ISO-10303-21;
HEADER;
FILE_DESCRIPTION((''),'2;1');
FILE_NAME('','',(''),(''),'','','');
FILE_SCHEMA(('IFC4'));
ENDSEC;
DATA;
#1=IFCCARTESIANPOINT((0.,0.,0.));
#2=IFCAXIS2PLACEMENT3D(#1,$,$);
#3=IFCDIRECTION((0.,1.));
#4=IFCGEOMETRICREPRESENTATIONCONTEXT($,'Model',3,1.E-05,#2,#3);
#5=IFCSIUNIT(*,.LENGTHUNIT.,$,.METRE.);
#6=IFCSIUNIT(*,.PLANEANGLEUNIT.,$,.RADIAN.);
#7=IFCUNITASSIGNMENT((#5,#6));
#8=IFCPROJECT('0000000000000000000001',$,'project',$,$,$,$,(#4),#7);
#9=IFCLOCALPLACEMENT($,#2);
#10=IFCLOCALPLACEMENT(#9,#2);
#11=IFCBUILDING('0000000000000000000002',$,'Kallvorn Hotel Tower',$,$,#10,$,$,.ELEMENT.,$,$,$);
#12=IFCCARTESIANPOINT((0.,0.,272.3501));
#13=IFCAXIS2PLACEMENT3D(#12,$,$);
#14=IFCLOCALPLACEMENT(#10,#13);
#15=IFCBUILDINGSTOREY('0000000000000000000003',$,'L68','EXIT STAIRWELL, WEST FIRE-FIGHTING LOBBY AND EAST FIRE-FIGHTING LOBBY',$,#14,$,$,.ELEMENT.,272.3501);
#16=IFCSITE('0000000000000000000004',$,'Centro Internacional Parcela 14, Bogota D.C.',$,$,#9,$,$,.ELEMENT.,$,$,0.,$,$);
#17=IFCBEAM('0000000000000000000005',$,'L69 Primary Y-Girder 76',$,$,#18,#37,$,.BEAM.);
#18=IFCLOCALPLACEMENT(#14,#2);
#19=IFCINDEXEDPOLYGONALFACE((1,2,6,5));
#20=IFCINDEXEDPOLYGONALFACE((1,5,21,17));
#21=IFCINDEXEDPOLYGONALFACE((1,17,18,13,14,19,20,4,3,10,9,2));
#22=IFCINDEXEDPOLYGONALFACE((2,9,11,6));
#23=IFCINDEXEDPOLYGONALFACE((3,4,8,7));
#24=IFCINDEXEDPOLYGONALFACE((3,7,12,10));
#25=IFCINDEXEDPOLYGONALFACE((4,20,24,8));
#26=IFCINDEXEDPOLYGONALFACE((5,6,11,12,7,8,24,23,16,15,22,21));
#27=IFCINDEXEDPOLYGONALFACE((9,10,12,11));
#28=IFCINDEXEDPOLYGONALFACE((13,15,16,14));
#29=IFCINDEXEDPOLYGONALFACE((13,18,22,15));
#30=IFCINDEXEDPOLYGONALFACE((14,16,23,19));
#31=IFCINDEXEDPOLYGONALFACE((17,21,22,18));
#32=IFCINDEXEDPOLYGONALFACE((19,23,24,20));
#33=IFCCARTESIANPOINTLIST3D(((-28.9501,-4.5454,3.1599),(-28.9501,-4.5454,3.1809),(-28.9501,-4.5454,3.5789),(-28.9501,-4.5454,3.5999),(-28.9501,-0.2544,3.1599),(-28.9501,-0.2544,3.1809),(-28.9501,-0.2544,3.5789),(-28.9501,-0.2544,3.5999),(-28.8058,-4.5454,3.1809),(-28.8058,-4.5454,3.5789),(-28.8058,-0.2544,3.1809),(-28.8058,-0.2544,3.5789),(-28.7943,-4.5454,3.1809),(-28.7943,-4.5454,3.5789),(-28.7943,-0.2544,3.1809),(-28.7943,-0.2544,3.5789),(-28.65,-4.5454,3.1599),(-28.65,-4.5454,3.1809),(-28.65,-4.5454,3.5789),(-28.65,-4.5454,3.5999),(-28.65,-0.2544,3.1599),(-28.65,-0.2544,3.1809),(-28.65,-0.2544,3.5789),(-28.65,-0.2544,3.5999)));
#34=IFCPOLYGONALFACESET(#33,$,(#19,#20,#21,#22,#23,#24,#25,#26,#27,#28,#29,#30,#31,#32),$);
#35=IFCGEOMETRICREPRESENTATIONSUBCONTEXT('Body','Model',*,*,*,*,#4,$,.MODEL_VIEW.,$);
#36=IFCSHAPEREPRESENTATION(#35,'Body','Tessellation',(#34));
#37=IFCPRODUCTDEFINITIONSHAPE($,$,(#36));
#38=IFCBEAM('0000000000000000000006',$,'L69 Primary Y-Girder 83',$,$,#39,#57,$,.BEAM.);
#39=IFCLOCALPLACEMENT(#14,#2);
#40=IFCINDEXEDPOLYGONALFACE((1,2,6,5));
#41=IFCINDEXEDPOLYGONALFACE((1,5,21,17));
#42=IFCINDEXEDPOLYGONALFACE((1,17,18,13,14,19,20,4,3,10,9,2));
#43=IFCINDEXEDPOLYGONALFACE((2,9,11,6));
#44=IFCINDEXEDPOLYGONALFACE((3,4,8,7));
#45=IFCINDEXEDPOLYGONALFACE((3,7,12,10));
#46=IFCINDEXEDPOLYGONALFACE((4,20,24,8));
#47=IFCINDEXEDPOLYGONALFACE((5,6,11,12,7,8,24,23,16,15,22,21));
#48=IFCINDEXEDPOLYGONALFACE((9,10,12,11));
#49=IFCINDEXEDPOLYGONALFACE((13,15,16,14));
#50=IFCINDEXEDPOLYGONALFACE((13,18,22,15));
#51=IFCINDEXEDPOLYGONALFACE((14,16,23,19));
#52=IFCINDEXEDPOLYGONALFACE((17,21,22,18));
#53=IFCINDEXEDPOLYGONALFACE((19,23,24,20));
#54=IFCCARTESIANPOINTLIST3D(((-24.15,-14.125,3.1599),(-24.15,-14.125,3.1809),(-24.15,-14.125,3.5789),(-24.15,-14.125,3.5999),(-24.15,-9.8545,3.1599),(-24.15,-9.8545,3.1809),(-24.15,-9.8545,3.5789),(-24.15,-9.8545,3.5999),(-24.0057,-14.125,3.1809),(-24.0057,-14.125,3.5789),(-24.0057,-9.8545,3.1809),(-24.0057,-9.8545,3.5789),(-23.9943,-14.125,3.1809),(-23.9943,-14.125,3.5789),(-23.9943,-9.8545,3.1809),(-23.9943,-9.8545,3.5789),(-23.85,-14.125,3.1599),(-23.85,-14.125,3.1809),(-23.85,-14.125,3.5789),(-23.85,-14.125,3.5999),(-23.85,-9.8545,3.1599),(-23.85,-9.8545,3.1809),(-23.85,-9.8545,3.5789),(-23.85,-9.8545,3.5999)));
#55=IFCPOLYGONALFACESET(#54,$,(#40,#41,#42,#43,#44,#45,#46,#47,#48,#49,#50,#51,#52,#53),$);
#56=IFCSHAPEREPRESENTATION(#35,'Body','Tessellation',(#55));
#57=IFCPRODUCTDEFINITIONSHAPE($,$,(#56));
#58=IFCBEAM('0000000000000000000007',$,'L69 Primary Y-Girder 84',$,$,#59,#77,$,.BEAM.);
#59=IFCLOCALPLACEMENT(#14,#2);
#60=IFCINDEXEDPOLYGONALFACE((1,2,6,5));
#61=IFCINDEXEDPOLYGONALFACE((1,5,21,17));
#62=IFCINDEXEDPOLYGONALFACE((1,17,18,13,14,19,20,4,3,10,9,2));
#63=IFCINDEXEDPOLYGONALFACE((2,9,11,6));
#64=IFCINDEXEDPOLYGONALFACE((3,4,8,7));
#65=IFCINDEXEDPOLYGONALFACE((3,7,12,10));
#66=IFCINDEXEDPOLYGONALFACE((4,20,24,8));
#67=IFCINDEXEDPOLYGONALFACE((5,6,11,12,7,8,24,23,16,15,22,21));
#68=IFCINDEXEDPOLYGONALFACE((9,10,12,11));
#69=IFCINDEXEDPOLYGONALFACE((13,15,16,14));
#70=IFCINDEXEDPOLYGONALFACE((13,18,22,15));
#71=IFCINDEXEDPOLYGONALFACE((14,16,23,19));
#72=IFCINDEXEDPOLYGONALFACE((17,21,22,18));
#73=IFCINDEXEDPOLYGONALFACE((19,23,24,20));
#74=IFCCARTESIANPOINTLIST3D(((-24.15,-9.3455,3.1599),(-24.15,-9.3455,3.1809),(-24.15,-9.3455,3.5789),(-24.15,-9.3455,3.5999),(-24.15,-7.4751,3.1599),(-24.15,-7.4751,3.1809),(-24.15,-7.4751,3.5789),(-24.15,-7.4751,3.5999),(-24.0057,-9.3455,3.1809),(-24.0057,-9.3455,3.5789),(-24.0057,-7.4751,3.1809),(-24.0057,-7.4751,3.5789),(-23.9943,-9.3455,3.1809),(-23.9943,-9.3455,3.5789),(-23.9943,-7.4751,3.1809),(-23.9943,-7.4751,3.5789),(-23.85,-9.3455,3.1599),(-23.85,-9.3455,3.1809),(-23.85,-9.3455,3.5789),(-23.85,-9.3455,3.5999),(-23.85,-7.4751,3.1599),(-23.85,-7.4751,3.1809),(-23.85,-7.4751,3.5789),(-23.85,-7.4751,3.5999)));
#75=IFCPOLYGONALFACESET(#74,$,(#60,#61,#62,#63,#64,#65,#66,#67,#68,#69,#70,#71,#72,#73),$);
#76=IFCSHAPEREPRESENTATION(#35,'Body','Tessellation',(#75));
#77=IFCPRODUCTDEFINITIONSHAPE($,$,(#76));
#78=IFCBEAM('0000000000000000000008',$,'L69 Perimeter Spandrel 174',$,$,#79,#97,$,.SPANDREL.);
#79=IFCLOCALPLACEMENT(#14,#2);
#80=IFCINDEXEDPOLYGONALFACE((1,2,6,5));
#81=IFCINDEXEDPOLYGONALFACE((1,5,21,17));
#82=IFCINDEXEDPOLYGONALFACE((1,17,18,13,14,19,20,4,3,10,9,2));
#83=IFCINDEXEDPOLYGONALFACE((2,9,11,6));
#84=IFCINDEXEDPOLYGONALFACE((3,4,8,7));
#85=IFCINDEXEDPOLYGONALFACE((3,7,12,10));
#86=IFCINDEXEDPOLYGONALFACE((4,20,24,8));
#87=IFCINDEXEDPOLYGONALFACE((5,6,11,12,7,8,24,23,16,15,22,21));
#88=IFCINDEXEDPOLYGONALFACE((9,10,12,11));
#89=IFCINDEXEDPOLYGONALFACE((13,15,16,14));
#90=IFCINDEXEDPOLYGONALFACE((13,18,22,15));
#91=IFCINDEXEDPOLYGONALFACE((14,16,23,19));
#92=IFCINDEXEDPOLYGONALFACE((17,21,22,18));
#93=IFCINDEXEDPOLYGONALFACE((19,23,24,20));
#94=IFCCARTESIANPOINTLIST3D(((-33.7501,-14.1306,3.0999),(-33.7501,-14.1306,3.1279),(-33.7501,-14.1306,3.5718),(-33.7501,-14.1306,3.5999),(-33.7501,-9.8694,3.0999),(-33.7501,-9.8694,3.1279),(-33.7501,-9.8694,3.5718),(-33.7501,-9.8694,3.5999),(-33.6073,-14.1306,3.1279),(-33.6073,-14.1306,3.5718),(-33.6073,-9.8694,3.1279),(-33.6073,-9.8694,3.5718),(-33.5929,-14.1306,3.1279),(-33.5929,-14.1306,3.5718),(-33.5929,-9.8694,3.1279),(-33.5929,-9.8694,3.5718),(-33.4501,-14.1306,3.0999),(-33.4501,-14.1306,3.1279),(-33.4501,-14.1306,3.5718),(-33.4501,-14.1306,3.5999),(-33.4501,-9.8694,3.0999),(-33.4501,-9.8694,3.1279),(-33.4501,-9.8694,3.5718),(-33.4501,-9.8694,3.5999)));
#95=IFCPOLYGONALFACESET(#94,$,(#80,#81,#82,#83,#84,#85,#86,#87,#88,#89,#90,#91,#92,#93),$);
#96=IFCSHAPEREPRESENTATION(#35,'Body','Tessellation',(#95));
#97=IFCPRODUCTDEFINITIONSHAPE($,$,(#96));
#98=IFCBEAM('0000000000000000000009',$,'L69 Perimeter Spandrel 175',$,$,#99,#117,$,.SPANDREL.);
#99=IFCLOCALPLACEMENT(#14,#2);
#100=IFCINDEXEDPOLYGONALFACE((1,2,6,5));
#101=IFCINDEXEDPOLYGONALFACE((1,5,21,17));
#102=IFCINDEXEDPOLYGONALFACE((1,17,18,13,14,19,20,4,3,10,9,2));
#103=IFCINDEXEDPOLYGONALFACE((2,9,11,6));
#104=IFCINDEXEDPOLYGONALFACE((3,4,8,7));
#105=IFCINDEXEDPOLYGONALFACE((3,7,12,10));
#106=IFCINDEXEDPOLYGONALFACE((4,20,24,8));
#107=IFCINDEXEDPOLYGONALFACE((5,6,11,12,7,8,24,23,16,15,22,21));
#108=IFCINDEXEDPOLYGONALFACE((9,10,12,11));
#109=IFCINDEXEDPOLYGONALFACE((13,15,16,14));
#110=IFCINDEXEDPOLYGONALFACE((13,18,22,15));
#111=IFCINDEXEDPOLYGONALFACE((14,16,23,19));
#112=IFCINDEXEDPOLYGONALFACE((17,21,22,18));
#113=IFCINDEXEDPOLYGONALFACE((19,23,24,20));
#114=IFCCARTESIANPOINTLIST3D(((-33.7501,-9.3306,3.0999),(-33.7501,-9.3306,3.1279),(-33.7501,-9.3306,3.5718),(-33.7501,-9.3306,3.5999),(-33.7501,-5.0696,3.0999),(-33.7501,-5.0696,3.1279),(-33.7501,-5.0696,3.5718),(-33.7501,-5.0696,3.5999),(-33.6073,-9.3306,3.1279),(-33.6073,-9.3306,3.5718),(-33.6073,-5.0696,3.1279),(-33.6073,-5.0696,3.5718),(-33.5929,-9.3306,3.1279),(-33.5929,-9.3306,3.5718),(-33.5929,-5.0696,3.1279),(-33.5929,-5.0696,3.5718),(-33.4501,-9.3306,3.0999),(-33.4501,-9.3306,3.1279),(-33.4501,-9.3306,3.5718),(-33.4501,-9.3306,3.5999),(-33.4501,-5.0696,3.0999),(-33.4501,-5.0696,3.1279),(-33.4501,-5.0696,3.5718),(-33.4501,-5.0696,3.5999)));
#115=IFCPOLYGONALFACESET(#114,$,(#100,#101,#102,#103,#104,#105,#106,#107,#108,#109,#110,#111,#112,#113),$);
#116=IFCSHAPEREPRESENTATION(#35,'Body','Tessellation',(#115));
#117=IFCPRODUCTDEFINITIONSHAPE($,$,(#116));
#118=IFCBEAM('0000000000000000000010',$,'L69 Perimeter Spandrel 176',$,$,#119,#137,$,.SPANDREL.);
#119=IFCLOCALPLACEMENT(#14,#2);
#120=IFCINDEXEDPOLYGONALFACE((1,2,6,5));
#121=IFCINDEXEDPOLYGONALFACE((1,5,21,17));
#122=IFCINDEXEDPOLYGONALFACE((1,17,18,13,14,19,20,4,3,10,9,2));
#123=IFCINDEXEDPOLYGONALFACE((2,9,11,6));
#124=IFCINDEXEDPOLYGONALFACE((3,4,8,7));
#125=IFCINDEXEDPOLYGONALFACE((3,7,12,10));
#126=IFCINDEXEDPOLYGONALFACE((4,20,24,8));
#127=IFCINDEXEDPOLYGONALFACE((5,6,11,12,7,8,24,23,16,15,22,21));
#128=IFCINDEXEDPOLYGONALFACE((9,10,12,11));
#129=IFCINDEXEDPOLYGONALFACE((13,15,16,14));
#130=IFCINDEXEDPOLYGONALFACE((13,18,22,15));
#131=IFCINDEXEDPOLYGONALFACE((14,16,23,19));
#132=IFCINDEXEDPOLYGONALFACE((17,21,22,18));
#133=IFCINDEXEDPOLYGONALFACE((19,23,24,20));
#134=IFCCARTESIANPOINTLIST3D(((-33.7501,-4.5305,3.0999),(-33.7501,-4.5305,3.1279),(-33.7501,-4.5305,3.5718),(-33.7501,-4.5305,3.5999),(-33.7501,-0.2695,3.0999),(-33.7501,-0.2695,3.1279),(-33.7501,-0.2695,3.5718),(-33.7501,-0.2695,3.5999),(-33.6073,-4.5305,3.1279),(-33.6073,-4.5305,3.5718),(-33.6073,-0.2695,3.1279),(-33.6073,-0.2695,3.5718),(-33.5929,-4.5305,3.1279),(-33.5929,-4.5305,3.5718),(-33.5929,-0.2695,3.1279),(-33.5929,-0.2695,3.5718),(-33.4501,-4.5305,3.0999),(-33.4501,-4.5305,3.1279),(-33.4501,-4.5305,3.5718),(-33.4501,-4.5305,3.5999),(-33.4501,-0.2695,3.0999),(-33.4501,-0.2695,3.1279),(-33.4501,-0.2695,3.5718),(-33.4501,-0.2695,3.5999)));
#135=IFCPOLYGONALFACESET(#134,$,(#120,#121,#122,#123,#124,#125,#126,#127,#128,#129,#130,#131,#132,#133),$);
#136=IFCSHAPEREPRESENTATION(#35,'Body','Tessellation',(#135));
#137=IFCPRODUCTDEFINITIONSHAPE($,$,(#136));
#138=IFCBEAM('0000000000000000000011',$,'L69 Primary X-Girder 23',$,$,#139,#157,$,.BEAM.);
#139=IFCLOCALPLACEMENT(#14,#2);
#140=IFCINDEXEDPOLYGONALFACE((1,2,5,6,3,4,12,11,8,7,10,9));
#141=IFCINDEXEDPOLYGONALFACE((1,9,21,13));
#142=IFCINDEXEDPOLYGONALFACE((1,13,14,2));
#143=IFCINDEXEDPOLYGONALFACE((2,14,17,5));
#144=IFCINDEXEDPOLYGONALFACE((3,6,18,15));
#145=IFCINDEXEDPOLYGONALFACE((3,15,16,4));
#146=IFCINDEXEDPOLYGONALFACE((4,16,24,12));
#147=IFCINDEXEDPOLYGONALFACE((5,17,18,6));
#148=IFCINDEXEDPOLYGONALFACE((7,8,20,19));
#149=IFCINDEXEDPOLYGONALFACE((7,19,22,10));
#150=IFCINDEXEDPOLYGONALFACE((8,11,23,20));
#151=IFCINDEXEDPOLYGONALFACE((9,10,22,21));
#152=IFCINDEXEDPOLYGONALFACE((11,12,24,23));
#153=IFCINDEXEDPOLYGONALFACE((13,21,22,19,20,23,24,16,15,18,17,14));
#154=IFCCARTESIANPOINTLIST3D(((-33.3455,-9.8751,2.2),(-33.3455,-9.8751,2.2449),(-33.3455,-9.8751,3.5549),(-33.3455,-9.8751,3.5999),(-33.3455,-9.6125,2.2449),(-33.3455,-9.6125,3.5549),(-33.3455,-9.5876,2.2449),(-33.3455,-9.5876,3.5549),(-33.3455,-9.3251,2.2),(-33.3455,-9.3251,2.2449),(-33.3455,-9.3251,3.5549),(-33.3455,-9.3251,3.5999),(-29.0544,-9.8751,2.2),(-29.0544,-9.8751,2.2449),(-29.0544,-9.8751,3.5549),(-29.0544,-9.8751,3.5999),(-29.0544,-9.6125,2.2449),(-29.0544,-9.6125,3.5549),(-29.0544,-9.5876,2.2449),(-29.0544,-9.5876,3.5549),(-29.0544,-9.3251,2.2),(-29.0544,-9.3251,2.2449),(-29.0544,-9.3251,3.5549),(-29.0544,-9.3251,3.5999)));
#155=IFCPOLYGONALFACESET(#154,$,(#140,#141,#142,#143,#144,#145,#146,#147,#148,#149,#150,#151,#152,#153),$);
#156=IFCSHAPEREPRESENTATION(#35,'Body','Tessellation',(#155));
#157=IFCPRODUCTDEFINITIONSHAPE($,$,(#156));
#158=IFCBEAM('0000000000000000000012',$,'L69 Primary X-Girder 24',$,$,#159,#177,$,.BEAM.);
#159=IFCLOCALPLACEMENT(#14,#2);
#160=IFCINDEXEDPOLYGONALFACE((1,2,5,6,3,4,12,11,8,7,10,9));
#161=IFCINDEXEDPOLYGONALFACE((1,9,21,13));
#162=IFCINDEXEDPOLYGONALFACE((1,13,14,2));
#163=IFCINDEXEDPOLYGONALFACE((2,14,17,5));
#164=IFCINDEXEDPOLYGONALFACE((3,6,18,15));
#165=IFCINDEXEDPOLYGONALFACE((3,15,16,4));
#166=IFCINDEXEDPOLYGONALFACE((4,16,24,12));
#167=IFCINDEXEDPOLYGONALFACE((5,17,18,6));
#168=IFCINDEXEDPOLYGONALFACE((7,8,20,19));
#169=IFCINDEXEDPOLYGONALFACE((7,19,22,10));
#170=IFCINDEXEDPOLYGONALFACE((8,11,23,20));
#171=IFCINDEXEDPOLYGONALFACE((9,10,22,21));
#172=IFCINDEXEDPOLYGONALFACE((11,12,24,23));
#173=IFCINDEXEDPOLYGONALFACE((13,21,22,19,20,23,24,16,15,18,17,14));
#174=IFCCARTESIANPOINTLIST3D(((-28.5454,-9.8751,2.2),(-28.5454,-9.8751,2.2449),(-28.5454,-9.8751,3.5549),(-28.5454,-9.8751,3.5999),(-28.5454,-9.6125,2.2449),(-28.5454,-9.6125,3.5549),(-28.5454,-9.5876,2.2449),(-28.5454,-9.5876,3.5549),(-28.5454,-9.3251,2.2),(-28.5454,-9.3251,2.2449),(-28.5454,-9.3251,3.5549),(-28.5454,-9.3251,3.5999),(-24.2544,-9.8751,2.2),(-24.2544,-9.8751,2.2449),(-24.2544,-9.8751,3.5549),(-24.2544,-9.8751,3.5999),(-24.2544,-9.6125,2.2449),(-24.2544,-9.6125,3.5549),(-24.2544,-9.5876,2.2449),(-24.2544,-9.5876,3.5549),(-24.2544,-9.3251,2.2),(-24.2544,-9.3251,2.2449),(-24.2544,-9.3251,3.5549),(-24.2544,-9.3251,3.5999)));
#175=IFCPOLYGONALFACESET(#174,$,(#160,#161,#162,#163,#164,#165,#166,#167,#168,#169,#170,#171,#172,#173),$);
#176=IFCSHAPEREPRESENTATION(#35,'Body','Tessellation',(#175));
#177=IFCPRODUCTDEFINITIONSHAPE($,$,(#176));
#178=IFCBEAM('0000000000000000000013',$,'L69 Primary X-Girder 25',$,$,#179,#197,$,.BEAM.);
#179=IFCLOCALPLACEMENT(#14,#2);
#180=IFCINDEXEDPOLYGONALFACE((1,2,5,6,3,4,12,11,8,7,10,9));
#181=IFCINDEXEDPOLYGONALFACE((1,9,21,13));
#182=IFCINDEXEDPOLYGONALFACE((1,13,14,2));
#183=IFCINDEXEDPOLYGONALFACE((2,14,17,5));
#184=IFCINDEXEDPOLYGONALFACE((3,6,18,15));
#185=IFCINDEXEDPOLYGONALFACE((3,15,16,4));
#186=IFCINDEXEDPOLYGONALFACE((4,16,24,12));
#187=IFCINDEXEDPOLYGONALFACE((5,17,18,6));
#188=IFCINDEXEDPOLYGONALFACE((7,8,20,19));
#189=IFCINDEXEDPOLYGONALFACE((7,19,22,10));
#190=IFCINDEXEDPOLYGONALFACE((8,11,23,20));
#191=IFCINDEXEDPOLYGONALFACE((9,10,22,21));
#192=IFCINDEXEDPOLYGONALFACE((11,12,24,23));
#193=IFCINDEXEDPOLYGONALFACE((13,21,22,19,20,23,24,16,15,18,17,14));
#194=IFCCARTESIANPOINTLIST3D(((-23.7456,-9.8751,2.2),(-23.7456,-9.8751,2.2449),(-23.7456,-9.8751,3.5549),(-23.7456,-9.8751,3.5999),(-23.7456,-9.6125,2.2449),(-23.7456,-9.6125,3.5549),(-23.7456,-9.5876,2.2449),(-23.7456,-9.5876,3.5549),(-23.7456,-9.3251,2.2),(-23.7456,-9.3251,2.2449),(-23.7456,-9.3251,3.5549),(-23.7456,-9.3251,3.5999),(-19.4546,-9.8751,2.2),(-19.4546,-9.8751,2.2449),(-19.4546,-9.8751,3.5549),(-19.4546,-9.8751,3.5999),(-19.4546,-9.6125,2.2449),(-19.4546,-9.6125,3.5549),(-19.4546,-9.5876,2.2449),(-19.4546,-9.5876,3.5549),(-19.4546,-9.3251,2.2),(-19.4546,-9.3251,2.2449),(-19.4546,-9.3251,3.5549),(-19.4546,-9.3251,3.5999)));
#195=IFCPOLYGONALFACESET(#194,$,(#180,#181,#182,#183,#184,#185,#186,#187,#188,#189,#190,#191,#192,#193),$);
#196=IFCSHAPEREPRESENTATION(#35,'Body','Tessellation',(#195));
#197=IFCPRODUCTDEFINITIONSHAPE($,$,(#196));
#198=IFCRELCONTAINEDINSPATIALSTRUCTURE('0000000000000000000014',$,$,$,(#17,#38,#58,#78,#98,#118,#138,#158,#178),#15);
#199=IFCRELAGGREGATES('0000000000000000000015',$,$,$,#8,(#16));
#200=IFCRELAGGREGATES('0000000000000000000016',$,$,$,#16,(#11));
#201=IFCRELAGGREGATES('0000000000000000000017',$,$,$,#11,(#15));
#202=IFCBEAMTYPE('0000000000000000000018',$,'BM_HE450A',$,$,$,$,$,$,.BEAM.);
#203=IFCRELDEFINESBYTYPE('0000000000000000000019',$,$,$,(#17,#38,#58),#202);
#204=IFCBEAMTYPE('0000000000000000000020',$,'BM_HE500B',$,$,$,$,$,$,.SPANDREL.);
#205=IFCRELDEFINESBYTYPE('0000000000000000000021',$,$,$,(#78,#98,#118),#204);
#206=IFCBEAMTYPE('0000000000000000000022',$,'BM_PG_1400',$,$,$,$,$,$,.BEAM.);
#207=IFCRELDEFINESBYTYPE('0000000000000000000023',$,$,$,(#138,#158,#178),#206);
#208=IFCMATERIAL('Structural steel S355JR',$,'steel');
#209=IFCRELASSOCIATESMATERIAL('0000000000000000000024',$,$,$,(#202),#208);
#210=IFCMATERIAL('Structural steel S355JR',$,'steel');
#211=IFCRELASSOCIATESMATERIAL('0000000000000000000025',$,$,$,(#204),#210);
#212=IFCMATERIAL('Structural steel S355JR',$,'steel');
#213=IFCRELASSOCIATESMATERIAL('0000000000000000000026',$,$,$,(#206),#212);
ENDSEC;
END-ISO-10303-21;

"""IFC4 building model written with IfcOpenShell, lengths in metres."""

from ifc_helpers import new_model, si_unit, direction, frame, origin, origin_2d, place, context, subcontext, project, spatial, i_section, extrude, material, material_profile, profile_set, type_object, element, save


model = new_model("IFC4")

# Units and contexts
model_context = context("Model", 3, precision=1e-05, world=origin(), true_north=direction((0.0, 1.0)))
body_context = subcontext(model_context, "Body", "Model", "MODEL_VIEW")
ifc_project = project(units=[si_unit("LENGTHUNIT", "METRE"), si_unit("PLANEANGLEUNIT", "RADIAN")], contexts=[model_context])

# Site, building, storey
site_placement = place(None, origin())
site = spatial("IfcSite", under=ifc_project, at=site_placement, Name="Centro Internacional Parcela 14, Bogota D.C.", CompositionType="ELEMENT", RefElevation=0.0)
building_placement = place(site_placement, origin())
building = spatial("IfcBuilding", under=site, at=building_placement, Name="Kallvorn Hotel Tower", CompositionType="ELEMENT")
storey_placement = place(building_placement, frame((0.0, 0.0, 272.3501)))
storey = spatial("IfcBuildingStorey", under=building, at=storey_placement, Name="L68", Description="EXIT STAIRWELL, WEST FIRE-FIGHTING LOBBY AND EAST FIRE-FIGHTING LOBBY", CompositionType="ELEMENT", Elevation=272.3501)

# Beams
ifc_material_1 = material(Name="Structural steel S355JR", Category="steel")
ifc_material_profile_1 = material_profile(ifc_material_1, i_section(OverallWidth=0.3, OverallDepth=0.4399, WebThickness=0.0115, FlangeThickness=0.021, at=origin_2d()), Name="HE 450 A")
ifc_profile_set_1 = profile_set([ifc_material_profile_1], Name="Structural steel S355JR")
beam_type_1 = type_object("IfcBeamType", Name="BM_HE450A", PredefinedType="BEAM", material=ifc_profile_set_1)
for number, where, z_axis, x_axis, name in (
    (1, (-28.8, -4.5454, 3.3799), (0.0, 1.0, 0.0), (-1.0, 0.0, 0.0), "L69 Primary Y-Girder 76"),
):
    element("IfcBeam", number, at=place(storey_placement, frame(where, z_axis=z_axis, x_axis=x_axis)), inside=storey, type_object=beam_type_1, Name=name, PredefinedType="BEAM", context=body_context, shape_type="SweptSolid", body=[
        extrude(i_section(OverallWidth=0.3, OverallDepth=0.4399, WebThickness=0.0115, FlangeThickness=0.021, at=origin_2d()), origin(), (0.0, 0.0, 1.0), 4.291),
    ])
beam_1_placement = place(storey_placement, frame((-24.0, -14.125, 3.3799), z_axis=(0.0, 1.0, 0.0), x_axis=(-1.0, 0.0, 0.0)))
element("IfcBeam", 2, at=beam_1_placement, inside=storey, type_object=beam_type_1, Name="L69 Primary Y-Girder 83", PredefinedType="BEAM", context=body_context, shape_type="SweptSolid", body=[
    extrude(i_section(OverallWidth=0.3, OverallDepth=0.4399, WebThickness=0.0115, FlangeThickness=0.021, at=origin_2d()), origin(), (0.0, 0.0, 1.0), 4.2705),
])
beam_2_placement = place(storey_placement, frame((-24.0, -9.3455, 3.3799), z_axis=(0.0, 1.0, 0.0), x_axis=(-1.0, 0.0, 0.0)))
element("IfcBeam", 3, at=beam_2_placement, inside=storey, type_object=beam_type_1, Name="L69 Primary Y-Girder 84", PredefinedType="BEAM", context=body_context, shape_type="SweptSolid", body=[
    extrude(i_section(OverallWidth=0.3, OverallDepth=0.4399, WebThickness=0.0115, FlangeThickness=0.021, at=origin_2d()), origin(), (0.0, 0.0, 1.0), 1.8704),
])
ifc_material_2 = material(Name="Structural steel S355JR", Category="steel")
ifc_material_profile_2 = material_profile(ifc_material_2, i_section(OverallWidth=0.3, OverallDepth=0.5, WebThickness=0.0144, FlangeThickness=0.0281, at=origin_2d()), Name="HE 500 B")
ifc_profile_set_2 = profile_set([ifc_material_profile_2], Name="Structural steel S355JR")
beam_type_2 = type_object("IfcBeamType", Name="BM_HE500B", PredefinedType="SPANDREL", material=ifc_profile_set_2)
beam_3_placement = place(storey_placement, frame((-33.6001, -14.1306, 3.3499), z_axis=(0.0, 1.0, 0.0), x_axis=(-1.0, 0.0, 0.0)))
element("IfcBeam", 4, at=beam_3_placement, inside=storey, type_object=beam_type_2, Name="L69 Perimeter Spandrel 174", PredefinedType="SPANDREL", context=body_context, shape_type="SweptSolid", body=[
    extrude(i_section(OverallWidth=0.3, OverallDepth=0.5, WebThickness=0.0144, FlangeThickness=0.0281, at=origin_2d()), origin(), (0.0, 0.0, 1.0), 4.2612),
])
for number, where, z_axis, x_axis, name in (
    (5, (-33.6001, -9.3306, 3.3499), (0.0, 1.0, 0.0), (-1.0, 0.0, 0.0), "L69 Perimeter Spandrel 175"),
    (6, (-33.6001, -4.5305, 3.3499), (0.0, 1.0, 0.0), (-1.0, 0.0, 0.0), "L69 Perimeter Spandrel 176"),
):
    element("IfcBeam", number, at=place(storey_placement, frame(where, z_axis=z_axis, x_axis=x_axis)), inside=storey, type_object=beam_type_2, Name=name, PredefinedType="SPANDREL", context=body_context, shape_type="SweptSolid", body=[
        extrude(i_section(OverallWidth=0.3, OverallDepth=0.5, WebThickness=0.0144, FlangeThickness=0.0281, at=origin_2d()), origin(), (0.0, 0.0, 1.0), 4.261),
    ])
ifc_material_3 = material(Name="Structural steel S355JR", Category="steel")
ifc_material_profile_3 = material_profile(ifc_material_3, i_section(OverallWidth=0.55, OverallDepth=1.3999, WebThickness=0.0249, FlangeThickness=0.0449, at=origin_2d()), Name="PG 1400x550x25x45")
ifc_profile_set_3 = profile_set([ifc_material_profile_3], Name="Structural steel S355JR")
beam_type_3 = type_object("IfcBeamType", Name="BM_PG_1400", PredefinedType="BEAM", material=ifc_profile_set_3)
for number, where, z_axis, x_axis, name in (
    (7, (-33.3455, -9.6001, 2.8999), (1.0, 0.0, 0.0), (0.0, 1.0, 0.0), "L69 Primary X-Girder 23"),
    (8, (-28.5454, -9.6001, 2.8999), (1.0, 0.0, 0.0), (0.0, 1.0, 0.0), "L69 Primary X-Girder 24"),
    (9, (-23.7456, -9.6001, 2.8999), (1.0, 0.0, 0.0), (0.0, 1.0, 0.0), "L69 Primary X-Girder 25"),
):
    element("IfcBeam", number, at=place(storey_placement, frame(where, z_axis=z_axis, x_axis=x_axis)), inside=storey, type_object=beam_type_3, Name=name, PredefinedType="BEAM", context=body_context, shape_type="SweptSolid", body=[
        extrude(i_section(OverallWidth=0.55, OverallDepth=1.3999, WebThickness=0.0249, FlangeThickness=0.0449, at=origin_2d()), origin(), (0.0, 0.0, 1.0), 4.291),
    ])

save(model, "model.ifc")
